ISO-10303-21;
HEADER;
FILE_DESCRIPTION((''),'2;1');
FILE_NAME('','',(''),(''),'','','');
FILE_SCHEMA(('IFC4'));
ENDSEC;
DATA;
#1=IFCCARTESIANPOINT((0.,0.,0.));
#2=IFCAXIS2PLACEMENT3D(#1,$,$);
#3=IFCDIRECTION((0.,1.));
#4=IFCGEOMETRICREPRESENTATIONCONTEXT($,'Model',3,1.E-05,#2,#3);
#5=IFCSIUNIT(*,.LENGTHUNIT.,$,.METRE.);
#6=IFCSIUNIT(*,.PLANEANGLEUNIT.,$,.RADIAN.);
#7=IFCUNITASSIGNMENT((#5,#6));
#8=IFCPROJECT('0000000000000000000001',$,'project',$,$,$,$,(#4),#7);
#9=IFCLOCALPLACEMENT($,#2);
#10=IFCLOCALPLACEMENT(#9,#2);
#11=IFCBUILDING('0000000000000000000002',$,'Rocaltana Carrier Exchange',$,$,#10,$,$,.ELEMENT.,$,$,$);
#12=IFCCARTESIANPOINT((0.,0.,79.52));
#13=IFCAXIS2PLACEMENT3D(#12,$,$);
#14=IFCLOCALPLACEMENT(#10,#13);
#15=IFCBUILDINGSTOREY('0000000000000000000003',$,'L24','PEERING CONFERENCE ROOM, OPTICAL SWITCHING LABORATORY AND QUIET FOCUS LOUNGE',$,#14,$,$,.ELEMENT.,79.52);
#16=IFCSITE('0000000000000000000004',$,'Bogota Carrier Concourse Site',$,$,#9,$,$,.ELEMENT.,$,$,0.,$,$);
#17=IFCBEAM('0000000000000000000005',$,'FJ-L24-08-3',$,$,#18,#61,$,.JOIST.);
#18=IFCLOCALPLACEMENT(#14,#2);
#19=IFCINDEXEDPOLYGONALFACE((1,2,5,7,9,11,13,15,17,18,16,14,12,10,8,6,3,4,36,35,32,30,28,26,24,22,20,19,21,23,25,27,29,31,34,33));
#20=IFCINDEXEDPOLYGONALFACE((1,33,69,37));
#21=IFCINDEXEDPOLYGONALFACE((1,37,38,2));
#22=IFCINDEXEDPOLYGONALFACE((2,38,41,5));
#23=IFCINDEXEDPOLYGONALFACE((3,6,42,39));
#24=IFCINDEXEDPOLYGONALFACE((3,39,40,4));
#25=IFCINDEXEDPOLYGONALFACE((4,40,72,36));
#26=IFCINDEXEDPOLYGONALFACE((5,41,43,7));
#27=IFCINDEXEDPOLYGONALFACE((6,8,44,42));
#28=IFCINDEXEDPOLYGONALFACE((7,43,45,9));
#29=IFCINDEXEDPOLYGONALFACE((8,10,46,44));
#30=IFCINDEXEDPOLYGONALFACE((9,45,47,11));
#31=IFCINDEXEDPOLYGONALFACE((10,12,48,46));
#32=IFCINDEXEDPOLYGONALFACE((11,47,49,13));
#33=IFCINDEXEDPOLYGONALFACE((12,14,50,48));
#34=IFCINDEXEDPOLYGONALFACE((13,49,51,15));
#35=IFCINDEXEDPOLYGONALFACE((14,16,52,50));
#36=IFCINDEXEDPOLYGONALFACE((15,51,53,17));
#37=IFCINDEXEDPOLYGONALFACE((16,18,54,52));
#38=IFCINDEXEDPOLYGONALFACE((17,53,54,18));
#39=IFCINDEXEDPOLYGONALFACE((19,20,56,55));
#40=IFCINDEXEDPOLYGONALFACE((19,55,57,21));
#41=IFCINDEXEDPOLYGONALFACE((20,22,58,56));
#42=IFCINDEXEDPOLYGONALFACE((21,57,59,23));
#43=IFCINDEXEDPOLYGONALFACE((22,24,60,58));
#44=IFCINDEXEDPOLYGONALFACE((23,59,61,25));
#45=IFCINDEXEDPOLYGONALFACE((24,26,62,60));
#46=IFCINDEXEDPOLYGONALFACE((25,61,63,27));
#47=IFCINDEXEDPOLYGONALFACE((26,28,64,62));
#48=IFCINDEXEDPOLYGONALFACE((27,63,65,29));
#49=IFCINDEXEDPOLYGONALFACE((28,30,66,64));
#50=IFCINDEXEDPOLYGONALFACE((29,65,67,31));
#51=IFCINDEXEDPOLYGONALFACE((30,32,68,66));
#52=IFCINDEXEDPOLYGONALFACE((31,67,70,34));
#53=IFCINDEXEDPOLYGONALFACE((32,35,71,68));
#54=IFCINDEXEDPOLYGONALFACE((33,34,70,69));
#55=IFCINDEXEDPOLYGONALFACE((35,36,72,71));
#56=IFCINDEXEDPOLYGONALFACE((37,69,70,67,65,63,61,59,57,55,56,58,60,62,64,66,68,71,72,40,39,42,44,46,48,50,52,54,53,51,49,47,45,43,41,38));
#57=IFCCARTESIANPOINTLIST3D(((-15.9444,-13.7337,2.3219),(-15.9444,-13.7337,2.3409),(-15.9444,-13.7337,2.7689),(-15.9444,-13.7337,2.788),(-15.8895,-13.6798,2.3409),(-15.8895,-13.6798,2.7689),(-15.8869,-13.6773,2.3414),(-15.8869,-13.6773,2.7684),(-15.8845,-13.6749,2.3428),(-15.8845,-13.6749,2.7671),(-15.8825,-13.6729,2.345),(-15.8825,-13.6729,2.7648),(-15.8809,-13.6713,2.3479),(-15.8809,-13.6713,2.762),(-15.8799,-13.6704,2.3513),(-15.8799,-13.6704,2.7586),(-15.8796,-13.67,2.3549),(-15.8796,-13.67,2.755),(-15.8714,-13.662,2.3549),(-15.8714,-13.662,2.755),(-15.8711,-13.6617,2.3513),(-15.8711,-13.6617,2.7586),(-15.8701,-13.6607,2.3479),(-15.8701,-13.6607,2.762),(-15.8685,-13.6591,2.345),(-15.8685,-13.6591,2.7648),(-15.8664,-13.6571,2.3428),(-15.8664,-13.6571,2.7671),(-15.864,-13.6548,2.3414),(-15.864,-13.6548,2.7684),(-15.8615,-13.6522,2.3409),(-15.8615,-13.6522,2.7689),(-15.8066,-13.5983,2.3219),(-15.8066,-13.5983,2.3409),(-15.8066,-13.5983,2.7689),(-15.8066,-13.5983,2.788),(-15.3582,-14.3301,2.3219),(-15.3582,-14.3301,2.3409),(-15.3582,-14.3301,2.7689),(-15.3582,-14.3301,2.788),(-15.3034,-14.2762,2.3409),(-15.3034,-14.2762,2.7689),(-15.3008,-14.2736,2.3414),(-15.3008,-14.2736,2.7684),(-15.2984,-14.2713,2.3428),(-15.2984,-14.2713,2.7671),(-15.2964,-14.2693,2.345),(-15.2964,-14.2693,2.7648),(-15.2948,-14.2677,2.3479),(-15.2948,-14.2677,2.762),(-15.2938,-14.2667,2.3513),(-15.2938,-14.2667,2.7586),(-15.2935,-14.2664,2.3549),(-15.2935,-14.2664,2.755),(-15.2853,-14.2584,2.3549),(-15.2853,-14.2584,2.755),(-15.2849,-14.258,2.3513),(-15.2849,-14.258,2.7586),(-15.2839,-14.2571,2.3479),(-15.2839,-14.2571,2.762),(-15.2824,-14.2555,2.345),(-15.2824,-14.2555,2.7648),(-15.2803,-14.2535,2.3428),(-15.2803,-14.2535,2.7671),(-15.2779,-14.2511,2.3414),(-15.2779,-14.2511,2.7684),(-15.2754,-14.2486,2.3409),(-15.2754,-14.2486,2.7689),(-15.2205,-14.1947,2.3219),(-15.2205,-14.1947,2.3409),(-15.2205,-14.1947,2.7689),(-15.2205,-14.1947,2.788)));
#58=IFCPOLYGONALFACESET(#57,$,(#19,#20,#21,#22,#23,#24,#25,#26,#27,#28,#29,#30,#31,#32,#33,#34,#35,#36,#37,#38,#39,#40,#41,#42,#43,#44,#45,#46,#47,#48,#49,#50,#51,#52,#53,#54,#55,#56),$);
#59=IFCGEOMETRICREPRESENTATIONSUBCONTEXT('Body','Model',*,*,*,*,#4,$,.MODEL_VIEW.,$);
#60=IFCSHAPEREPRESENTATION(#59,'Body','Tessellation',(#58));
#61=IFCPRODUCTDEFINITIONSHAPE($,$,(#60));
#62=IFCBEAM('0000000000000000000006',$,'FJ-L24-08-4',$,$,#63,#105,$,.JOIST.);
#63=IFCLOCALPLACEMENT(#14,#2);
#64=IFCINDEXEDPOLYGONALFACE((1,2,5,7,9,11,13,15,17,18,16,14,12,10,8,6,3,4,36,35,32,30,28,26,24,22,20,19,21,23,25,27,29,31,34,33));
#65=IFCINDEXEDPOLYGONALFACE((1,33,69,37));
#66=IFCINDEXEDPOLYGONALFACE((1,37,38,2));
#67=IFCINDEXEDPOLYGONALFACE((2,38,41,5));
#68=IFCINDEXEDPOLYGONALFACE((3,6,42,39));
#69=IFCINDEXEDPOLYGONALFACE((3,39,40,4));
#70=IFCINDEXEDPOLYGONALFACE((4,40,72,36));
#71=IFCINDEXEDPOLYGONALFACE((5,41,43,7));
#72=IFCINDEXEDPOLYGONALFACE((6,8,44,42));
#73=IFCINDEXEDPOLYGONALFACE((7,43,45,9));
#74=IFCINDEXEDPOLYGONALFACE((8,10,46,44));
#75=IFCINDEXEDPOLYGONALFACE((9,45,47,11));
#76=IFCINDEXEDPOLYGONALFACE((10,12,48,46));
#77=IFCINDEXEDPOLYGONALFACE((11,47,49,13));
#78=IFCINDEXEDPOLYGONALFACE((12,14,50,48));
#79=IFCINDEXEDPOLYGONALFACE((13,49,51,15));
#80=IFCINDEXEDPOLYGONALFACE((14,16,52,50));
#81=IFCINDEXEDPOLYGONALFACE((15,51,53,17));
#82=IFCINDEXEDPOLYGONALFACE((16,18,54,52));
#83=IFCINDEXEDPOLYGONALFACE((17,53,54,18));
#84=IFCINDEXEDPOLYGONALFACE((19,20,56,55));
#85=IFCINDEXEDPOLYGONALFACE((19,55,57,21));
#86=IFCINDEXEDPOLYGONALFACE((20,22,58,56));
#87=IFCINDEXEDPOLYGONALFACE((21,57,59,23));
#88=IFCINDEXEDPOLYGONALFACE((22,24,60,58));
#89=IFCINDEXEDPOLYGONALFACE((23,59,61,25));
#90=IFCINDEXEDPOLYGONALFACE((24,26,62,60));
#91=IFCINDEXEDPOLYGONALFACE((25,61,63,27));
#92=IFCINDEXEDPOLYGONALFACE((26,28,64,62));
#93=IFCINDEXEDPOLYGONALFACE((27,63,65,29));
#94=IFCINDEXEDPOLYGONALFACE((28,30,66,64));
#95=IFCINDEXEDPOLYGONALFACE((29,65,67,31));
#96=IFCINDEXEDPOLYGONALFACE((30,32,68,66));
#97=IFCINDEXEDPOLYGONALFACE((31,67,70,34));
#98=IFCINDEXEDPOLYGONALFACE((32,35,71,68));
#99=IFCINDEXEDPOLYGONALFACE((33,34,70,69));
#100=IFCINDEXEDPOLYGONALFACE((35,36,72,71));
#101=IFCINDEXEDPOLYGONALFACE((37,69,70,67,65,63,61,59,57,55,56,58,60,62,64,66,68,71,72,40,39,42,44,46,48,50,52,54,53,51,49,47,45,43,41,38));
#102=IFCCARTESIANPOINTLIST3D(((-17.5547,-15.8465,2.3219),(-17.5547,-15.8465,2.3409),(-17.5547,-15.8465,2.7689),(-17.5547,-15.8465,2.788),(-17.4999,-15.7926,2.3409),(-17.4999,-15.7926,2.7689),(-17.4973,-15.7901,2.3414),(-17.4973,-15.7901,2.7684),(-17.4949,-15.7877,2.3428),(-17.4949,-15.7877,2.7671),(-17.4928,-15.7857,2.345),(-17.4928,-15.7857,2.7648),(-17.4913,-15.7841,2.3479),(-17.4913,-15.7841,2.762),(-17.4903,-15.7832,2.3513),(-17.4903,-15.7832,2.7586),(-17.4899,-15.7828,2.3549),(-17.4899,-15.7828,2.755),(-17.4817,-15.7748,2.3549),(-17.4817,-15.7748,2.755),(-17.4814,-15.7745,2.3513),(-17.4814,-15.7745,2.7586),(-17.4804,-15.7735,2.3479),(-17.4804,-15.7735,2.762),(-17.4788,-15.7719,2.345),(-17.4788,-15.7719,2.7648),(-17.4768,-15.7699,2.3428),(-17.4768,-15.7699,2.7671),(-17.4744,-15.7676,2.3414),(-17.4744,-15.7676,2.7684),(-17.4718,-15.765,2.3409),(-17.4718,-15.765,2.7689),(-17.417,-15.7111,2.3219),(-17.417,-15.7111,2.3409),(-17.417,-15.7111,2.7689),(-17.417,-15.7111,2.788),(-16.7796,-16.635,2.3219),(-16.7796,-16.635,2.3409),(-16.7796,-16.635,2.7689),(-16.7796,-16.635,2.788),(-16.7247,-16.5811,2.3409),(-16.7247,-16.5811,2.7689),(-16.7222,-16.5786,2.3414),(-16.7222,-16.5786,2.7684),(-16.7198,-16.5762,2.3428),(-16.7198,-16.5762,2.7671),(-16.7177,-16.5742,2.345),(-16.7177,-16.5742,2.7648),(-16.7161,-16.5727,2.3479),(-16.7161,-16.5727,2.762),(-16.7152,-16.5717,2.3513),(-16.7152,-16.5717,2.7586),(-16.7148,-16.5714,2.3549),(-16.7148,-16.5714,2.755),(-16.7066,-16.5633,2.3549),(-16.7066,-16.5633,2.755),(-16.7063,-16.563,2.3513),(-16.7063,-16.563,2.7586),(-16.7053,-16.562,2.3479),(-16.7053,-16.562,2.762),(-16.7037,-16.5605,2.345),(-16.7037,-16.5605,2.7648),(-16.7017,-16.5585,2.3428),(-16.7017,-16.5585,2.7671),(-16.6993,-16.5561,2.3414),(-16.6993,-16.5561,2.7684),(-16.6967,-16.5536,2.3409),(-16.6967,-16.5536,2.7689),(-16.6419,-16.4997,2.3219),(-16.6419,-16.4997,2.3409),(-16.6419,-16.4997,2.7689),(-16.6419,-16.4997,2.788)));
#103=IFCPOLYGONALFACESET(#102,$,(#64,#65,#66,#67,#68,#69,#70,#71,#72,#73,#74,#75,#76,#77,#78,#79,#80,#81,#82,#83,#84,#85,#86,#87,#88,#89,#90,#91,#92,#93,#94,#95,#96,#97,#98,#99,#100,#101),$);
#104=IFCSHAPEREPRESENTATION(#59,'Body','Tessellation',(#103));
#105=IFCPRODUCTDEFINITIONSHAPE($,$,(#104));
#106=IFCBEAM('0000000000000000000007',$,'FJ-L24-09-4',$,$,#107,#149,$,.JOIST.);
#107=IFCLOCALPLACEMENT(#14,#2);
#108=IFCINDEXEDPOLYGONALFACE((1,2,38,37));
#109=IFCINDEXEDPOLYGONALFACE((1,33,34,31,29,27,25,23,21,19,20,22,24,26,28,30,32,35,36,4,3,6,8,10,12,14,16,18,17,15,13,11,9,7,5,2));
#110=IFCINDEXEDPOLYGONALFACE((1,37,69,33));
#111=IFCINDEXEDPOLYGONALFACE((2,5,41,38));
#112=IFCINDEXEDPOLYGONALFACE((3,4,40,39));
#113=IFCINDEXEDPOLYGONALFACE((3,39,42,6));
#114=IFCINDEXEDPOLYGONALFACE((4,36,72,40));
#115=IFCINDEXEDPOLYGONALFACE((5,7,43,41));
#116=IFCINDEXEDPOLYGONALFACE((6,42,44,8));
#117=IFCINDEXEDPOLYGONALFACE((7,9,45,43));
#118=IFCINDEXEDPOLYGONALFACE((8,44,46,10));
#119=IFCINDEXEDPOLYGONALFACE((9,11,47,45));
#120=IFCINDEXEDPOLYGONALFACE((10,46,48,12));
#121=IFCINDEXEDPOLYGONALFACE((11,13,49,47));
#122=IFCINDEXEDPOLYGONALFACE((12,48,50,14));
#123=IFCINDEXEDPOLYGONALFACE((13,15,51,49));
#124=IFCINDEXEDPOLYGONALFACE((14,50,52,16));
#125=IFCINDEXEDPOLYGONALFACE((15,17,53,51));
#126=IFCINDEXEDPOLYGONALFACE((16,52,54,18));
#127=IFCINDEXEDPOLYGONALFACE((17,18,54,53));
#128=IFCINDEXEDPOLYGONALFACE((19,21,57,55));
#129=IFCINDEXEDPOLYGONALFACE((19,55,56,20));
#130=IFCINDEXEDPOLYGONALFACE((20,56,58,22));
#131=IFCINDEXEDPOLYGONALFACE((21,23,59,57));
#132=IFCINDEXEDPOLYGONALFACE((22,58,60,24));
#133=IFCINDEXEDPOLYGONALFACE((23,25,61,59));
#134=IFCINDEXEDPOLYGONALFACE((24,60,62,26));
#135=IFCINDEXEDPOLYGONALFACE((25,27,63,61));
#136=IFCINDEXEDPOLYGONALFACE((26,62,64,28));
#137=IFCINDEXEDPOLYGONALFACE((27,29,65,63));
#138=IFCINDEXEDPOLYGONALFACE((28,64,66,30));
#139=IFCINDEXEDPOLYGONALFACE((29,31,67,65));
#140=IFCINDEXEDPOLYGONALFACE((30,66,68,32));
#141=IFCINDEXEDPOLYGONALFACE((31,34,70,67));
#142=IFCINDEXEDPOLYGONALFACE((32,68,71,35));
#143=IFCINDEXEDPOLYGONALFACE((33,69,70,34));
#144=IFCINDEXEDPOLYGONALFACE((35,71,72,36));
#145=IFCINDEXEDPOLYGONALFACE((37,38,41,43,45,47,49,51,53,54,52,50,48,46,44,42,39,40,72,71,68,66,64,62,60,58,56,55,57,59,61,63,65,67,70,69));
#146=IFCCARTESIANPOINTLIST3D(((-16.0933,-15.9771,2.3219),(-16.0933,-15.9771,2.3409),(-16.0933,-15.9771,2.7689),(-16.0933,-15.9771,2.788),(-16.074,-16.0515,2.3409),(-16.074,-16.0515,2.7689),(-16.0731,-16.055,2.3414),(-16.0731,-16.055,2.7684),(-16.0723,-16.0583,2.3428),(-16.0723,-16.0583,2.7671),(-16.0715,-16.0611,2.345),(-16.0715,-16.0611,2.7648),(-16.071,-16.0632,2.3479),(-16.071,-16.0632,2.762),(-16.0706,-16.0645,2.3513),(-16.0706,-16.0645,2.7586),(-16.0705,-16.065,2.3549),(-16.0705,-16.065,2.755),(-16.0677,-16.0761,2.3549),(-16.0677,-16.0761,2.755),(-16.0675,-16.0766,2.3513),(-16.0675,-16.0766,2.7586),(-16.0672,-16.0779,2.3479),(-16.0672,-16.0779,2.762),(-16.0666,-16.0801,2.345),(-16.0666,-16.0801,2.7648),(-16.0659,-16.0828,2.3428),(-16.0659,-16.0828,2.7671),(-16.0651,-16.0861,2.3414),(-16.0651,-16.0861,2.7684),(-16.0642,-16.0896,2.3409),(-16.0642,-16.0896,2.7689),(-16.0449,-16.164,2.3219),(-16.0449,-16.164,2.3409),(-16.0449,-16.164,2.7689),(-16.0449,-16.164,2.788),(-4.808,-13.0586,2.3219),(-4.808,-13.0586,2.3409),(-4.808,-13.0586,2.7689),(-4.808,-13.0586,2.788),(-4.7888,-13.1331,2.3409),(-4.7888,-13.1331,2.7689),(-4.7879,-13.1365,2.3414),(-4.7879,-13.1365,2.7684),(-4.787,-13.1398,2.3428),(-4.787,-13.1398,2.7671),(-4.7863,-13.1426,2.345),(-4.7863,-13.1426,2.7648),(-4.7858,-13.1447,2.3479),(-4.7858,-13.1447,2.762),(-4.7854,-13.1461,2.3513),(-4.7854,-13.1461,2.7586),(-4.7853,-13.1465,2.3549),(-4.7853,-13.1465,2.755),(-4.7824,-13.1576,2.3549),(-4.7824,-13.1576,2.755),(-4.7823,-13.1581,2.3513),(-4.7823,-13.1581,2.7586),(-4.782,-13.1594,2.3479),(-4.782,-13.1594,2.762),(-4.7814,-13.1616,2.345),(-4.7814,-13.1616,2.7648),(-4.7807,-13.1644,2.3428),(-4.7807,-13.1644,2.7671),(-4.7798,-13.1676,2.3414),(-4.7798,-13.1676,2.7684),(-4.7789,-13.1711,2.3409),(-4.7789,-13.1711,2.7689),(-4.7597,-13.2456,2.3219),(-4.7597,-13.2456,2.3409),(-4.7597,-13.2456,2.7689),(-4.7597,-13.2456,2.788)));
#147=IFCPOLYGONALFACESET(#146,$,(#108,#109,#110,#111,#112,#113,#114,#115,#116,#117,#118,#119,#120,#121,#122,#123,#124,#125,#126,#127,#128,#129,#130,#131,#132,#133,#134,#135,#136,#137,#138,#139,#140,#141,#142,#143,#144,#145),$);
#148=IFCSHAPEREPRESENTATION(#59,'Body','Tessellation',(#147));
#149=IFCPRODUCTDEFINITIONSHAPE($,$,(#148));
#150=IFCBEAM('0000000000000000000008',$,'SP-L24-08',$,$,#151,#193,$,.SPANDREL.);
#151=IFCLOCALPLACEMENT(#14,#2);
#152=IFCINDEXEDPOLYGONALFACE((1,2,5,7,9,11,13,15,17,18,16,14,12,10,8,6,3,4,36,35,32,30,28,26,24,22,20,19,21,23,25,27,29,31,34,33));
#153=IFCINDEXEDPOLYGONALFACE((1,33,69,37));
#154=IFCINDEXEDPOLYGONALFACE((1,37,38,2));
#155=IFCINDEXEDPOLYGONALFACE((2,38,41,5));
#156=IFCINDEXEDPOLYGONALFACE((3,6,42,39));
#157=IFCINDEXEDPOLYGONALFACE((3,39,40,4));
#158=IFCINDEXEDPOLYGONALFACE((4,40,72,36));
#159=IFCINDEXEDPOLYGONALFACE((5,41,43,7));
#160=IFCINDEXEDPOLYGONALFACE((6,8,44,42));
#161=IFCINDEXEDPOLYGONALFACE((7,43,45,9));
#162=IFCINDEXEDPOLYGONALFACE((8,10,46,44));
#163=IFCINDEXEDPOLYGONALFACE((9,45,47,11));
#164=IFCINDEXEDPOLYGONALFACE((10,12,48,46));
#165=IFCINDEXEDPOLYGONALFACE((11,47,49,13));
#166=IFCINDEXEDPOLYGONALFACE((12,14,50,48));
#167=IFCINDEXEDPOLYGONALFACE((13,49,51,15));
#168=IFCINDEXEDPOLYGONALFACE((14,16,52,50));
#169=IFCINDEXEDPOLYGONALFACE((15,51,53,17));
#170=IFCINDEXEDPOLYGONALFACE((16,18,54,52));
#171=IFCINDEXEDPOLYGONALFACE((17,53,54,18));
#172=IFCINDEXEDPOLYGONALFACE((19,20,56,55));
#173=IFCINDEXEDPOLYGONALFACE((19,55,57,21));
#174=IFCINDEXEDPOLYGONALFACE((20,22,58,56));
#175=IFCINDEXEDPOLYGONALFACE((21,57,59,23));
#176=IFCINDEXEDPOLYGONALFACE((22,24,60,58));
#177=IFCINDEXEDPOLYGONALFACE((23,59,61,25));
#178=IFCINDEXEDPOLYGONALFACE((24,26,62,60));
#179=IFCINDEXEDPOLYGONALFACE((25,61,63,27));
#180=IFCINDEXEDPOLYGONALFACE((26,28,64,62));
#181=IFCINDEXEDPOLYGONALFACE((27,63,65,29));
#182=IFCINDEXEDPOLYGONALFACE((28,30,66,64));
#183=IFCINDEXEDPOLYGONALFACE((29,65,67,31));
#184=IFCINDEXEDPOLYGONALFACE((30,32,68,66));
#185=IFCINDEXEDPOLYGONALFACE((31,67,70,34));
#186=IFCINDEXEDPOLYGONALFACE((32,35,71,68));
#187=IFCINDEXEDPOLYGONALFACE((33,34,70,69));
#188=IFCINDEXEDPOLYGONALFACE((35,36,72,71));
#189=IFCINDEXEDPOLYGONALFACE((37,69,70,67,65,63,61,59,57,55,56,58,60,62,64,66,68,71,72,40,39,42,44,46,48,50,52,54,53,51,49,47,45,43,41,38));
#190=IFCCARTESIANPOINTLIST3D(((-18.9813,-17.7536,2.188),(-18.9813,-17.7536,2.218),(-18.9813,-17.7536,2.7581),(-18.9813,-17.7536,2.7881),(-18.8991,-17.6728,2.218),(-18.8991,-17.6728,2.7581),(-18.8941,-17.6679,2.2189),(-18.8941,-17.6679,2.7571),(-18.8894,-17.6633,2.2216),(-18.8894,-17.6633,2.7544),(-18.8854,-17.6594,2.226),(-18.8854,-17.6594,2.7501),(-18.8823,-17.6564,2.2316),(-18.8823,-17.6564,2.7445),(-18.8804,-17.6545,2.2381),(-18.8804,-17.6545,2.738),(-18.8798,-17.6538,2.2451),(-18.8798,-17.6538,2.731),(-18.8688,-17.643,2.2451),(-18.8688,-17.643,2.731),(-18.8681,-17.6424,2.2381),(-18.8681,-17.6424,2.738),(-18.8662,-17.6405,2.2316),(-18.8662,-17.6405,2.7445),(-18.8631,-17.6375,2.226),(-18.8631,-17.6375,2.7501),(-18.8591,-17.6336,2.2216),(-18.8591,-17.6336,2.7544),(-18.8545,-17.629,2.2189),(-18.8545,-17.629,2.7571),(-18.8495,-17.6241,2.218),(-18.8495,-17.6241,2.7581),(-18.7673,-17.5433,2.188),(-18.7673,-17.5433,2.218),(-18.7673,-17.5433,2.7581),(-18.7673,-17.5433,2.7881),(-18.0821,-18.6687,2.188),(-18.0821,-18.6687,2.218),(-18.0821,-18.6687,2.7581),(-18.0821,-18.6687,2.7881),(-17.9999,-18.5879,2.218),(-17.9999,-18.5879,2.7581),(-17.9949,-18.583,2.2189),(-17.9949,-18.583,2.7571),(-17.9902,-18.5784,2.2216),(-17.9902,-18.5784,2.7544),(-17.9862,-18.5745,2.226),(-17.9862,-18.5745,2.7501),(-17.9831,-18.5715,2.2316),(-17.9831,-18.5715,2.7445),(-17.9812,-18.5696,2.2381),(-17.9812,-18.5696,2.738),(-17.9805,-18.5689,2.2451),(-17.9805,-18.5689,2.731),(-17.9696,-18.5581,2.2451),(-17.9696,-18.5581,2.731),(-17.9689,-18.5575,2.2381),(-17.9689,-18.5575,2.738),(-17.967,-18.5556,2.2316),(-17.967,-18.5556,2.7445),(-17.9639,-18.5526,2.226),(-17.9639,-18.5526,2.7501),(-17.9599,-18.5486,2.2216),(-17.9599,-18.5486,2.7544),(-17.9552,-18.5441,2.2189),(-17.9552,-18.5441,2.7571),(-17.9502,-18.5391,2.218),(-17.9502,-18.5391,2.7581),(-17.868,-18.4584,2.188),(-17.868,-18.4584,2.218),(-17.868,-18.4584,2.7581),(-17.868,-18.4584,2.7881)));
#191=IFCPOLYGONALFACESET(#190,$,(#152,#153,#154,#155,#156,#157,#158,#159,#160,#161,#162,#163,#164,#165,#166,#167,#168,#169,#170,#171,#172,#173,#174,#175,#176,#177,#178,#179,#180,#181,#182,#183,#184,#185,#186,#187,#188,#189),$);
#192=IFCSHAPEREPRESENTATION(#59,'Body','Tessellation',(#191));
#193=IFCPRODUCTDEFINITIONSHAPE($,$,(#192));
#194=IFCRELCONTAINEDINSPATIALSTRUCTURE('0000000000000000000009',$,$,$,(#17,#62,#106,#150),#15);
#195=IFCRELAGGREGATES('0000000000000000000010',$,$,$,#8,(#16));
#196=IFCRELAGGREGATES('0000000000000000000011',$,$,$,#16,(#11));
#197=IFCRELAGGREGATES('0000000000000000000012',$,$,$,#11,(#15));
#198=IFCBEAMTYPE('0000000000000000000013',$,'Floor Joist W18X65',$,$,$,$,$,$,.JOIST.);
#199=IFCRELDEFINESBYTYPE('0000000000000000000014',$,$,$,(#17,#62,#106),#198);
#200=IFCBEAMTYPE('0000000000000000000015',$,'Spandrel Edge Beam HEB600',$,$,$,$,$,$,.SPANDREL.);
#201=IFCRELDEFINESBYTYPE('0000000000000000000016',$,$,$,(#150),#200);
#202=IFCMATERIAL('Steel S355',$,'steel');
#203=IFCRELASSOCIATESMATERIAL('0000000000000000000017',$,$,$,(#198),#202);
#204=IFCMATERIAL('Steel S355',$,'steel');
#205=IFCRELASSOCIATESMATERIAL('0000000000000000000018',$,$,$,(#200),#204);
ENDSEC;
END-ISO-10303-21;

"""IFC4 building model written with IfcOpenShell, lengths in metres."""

from ifc_helpers import new_model, si_unit, direction, frame, origin, origin_2d, place, context, subcontext, project, spatial, i_section, extrude, material, material_profile, profile_set, type_object, element, save


model = new_model("IFC4")

# Units and contexts
model_context = context("Model", 3, precision=1e-05, world=origin(), true_north=direction((0.0, 1.0)))
body_context = subcontext(model_context, "Body", "Model", "MODEL_VIEW")
ifc_project = project(units=[si_unit("LENGTHUNIT", "METRE"), si_unit("PLANEANGLEUNIT", "RADIAN")], contexts=[model_context])

# Site, building, storey
site_placement = place(None, origin())
site = spatial("IfcSite", under=ifc_project, at=site_placement, Name="Bogota Carrier Concourse Site", CompositionType="ELEMENT", RefElevation=0.0)
building_placement = place(site_placement, origin())
building = spatial("IfcBuilding", under=site, at=building_placement, Name="Rocaltana Carrier Exchange", CompositionType="ELEMENT")
storey_placement = place(building_placement, frame((0.0, 0.0, 79.52)))
storey = spatial("IfcBuildingStorey", under=building, at=storey_placement, Name="L24", Description="PEERING CONFERENCE ROOM, OPTICAL SWITCHING LABORATORY AND QUIET FOCUS LOUNGE", CompositionType="ELEMENT", Elevation=79.52)

# Beams
ifc_material_1 = material(Name="Steel S355", Category="steel")
ifc_material_profile_1 = material_profile(ifc_material_1, i_section(OverallWidth=0.1931, OverallDepth=0.4661, WebThickness=0.0115, FlangeThickness=0.019, FilletRadius=0.0139, at=origin_2d()), Name="W18X65")
ifc_profile_set_1 = profile_set([ifc_material_profile_1], Name="Steel S355")
beam_type_1 = type_object("IfcBeamType", Name="Floor Joist W18X65", PredefinedType="JOIST", material=ifc_profile_set_1)
beam_1_placement = place(storey_placement, frame((-15.8755, -13.666, 2.5549), z_axis=(0.700949, -0.713211, 0.0), x_axis=(0.713211, 0.700949, 0.0)))
element("IfcBeam", 1, at=beam_1_placement, inside=storey, type_object=beam_type_1, Name="FJ-L24-08-3", PredefinedType="JOIST", context=body_context, shape_type="SweptSolid", body=[
    extrude(i_section(OverallWidth=0.1931, OverallDepth=0.4661, WebThickness=0.0115, FlangeThickness=0.019, FilletRadius=0.0139, at=origin_2d()), origin(), (0.0, 0.0, 1.0), 0.8362),
])
beam_2_placement = place(storey_placement, frame((-17.4858, -15.7788, 2.5549), z_axis=(0.701009, -0.713152, 0.0), x_axis=(0.713152, 0.701009, 0.0)))
element("IfcBeam", 2, at=beam_2_placement, inside=storey, type_object=beam_type_1, Name="FJ-L24-08-4", PredefinedType="JOIST", context=body_context, shape_type="SweptSolid", body=[
    extrude(i_section(OverallWidth=0.1931, OverallDepth=0.4661, WebThickness=0.0115, FlangeThickness=0.019, FilletRadius=0.0139, at=origin_2d()), origin(), (0.0, 0.0, 1.0), 1.1057),
])
beam_3_placement = place(storey_placement, frame((-16.0691, -16.0706, 2.5549), z_axis=(0.968149, 0.250373, 0.0), x_axis=(-0.250373, 0.968149, 0.0)))
element("IfcBeam", 3, at=beam_3_placement, inside=storey, type_object=beam_type_1, Name="FJ-L24-09-4", PredefinedType="JOIST", context=body_context, shape_type="SweptSolid", body=[
    extrude(i_section(OverallWidth=0.1931, OverallDepth=0.4661, WebThickness=0.0115, FlangeThickness=0.019, FilletRadius=0.0139, at=origin_2d()), origin(), (0.0, 0.0, 1.0), 11.6565),
])
ifc_material_2 = material(Name="Steel S355", Category="steel")
ifc_material_profile_2 = material_profile(ifc_material_2, i_section(OverallWidth=0.3, OverallDepth=0.6001, WebThickness=0.0154, FlangeThickness=0.03, FilletRadius=0.0271, at=origin_2d()), Name="HEB600")
ifc_profile_set_2 = profile_set([ifc_material_profile_2], Name="Steel S355")
beam_type_2 = type_object("IfcBeamType", Name="Spandrel Edge Beam HEB600", PredefinedType="SPANDREL", material=ifc_profile_set_2)
beam_4_placement = place(storey_placement, frame((-18.8743, -17.6484, 2.488), z_axis=(0.700895, -0.713265, 0.0), x_axis=(0.713265, 0.700895, 0.0)))
element("IfcBeam", 4, at=beam_4_placement, inside=storey, type_object=beam_type_2, Name="SP-L24-08", PredefinedType="SPANDREL", context=body_context, shape_type="SweptSolid", body=[
    extrude(i_section(OverallWidth=0.3, OverallDepth=0.6001, WebThickness=0.0154, FlangeThickness=0.03, FilletRadius=0.0271, at=origin_2d()), origin(), (0.0, 0.0, 1.0), 1.283),
])

save(model, "model.ifc")
